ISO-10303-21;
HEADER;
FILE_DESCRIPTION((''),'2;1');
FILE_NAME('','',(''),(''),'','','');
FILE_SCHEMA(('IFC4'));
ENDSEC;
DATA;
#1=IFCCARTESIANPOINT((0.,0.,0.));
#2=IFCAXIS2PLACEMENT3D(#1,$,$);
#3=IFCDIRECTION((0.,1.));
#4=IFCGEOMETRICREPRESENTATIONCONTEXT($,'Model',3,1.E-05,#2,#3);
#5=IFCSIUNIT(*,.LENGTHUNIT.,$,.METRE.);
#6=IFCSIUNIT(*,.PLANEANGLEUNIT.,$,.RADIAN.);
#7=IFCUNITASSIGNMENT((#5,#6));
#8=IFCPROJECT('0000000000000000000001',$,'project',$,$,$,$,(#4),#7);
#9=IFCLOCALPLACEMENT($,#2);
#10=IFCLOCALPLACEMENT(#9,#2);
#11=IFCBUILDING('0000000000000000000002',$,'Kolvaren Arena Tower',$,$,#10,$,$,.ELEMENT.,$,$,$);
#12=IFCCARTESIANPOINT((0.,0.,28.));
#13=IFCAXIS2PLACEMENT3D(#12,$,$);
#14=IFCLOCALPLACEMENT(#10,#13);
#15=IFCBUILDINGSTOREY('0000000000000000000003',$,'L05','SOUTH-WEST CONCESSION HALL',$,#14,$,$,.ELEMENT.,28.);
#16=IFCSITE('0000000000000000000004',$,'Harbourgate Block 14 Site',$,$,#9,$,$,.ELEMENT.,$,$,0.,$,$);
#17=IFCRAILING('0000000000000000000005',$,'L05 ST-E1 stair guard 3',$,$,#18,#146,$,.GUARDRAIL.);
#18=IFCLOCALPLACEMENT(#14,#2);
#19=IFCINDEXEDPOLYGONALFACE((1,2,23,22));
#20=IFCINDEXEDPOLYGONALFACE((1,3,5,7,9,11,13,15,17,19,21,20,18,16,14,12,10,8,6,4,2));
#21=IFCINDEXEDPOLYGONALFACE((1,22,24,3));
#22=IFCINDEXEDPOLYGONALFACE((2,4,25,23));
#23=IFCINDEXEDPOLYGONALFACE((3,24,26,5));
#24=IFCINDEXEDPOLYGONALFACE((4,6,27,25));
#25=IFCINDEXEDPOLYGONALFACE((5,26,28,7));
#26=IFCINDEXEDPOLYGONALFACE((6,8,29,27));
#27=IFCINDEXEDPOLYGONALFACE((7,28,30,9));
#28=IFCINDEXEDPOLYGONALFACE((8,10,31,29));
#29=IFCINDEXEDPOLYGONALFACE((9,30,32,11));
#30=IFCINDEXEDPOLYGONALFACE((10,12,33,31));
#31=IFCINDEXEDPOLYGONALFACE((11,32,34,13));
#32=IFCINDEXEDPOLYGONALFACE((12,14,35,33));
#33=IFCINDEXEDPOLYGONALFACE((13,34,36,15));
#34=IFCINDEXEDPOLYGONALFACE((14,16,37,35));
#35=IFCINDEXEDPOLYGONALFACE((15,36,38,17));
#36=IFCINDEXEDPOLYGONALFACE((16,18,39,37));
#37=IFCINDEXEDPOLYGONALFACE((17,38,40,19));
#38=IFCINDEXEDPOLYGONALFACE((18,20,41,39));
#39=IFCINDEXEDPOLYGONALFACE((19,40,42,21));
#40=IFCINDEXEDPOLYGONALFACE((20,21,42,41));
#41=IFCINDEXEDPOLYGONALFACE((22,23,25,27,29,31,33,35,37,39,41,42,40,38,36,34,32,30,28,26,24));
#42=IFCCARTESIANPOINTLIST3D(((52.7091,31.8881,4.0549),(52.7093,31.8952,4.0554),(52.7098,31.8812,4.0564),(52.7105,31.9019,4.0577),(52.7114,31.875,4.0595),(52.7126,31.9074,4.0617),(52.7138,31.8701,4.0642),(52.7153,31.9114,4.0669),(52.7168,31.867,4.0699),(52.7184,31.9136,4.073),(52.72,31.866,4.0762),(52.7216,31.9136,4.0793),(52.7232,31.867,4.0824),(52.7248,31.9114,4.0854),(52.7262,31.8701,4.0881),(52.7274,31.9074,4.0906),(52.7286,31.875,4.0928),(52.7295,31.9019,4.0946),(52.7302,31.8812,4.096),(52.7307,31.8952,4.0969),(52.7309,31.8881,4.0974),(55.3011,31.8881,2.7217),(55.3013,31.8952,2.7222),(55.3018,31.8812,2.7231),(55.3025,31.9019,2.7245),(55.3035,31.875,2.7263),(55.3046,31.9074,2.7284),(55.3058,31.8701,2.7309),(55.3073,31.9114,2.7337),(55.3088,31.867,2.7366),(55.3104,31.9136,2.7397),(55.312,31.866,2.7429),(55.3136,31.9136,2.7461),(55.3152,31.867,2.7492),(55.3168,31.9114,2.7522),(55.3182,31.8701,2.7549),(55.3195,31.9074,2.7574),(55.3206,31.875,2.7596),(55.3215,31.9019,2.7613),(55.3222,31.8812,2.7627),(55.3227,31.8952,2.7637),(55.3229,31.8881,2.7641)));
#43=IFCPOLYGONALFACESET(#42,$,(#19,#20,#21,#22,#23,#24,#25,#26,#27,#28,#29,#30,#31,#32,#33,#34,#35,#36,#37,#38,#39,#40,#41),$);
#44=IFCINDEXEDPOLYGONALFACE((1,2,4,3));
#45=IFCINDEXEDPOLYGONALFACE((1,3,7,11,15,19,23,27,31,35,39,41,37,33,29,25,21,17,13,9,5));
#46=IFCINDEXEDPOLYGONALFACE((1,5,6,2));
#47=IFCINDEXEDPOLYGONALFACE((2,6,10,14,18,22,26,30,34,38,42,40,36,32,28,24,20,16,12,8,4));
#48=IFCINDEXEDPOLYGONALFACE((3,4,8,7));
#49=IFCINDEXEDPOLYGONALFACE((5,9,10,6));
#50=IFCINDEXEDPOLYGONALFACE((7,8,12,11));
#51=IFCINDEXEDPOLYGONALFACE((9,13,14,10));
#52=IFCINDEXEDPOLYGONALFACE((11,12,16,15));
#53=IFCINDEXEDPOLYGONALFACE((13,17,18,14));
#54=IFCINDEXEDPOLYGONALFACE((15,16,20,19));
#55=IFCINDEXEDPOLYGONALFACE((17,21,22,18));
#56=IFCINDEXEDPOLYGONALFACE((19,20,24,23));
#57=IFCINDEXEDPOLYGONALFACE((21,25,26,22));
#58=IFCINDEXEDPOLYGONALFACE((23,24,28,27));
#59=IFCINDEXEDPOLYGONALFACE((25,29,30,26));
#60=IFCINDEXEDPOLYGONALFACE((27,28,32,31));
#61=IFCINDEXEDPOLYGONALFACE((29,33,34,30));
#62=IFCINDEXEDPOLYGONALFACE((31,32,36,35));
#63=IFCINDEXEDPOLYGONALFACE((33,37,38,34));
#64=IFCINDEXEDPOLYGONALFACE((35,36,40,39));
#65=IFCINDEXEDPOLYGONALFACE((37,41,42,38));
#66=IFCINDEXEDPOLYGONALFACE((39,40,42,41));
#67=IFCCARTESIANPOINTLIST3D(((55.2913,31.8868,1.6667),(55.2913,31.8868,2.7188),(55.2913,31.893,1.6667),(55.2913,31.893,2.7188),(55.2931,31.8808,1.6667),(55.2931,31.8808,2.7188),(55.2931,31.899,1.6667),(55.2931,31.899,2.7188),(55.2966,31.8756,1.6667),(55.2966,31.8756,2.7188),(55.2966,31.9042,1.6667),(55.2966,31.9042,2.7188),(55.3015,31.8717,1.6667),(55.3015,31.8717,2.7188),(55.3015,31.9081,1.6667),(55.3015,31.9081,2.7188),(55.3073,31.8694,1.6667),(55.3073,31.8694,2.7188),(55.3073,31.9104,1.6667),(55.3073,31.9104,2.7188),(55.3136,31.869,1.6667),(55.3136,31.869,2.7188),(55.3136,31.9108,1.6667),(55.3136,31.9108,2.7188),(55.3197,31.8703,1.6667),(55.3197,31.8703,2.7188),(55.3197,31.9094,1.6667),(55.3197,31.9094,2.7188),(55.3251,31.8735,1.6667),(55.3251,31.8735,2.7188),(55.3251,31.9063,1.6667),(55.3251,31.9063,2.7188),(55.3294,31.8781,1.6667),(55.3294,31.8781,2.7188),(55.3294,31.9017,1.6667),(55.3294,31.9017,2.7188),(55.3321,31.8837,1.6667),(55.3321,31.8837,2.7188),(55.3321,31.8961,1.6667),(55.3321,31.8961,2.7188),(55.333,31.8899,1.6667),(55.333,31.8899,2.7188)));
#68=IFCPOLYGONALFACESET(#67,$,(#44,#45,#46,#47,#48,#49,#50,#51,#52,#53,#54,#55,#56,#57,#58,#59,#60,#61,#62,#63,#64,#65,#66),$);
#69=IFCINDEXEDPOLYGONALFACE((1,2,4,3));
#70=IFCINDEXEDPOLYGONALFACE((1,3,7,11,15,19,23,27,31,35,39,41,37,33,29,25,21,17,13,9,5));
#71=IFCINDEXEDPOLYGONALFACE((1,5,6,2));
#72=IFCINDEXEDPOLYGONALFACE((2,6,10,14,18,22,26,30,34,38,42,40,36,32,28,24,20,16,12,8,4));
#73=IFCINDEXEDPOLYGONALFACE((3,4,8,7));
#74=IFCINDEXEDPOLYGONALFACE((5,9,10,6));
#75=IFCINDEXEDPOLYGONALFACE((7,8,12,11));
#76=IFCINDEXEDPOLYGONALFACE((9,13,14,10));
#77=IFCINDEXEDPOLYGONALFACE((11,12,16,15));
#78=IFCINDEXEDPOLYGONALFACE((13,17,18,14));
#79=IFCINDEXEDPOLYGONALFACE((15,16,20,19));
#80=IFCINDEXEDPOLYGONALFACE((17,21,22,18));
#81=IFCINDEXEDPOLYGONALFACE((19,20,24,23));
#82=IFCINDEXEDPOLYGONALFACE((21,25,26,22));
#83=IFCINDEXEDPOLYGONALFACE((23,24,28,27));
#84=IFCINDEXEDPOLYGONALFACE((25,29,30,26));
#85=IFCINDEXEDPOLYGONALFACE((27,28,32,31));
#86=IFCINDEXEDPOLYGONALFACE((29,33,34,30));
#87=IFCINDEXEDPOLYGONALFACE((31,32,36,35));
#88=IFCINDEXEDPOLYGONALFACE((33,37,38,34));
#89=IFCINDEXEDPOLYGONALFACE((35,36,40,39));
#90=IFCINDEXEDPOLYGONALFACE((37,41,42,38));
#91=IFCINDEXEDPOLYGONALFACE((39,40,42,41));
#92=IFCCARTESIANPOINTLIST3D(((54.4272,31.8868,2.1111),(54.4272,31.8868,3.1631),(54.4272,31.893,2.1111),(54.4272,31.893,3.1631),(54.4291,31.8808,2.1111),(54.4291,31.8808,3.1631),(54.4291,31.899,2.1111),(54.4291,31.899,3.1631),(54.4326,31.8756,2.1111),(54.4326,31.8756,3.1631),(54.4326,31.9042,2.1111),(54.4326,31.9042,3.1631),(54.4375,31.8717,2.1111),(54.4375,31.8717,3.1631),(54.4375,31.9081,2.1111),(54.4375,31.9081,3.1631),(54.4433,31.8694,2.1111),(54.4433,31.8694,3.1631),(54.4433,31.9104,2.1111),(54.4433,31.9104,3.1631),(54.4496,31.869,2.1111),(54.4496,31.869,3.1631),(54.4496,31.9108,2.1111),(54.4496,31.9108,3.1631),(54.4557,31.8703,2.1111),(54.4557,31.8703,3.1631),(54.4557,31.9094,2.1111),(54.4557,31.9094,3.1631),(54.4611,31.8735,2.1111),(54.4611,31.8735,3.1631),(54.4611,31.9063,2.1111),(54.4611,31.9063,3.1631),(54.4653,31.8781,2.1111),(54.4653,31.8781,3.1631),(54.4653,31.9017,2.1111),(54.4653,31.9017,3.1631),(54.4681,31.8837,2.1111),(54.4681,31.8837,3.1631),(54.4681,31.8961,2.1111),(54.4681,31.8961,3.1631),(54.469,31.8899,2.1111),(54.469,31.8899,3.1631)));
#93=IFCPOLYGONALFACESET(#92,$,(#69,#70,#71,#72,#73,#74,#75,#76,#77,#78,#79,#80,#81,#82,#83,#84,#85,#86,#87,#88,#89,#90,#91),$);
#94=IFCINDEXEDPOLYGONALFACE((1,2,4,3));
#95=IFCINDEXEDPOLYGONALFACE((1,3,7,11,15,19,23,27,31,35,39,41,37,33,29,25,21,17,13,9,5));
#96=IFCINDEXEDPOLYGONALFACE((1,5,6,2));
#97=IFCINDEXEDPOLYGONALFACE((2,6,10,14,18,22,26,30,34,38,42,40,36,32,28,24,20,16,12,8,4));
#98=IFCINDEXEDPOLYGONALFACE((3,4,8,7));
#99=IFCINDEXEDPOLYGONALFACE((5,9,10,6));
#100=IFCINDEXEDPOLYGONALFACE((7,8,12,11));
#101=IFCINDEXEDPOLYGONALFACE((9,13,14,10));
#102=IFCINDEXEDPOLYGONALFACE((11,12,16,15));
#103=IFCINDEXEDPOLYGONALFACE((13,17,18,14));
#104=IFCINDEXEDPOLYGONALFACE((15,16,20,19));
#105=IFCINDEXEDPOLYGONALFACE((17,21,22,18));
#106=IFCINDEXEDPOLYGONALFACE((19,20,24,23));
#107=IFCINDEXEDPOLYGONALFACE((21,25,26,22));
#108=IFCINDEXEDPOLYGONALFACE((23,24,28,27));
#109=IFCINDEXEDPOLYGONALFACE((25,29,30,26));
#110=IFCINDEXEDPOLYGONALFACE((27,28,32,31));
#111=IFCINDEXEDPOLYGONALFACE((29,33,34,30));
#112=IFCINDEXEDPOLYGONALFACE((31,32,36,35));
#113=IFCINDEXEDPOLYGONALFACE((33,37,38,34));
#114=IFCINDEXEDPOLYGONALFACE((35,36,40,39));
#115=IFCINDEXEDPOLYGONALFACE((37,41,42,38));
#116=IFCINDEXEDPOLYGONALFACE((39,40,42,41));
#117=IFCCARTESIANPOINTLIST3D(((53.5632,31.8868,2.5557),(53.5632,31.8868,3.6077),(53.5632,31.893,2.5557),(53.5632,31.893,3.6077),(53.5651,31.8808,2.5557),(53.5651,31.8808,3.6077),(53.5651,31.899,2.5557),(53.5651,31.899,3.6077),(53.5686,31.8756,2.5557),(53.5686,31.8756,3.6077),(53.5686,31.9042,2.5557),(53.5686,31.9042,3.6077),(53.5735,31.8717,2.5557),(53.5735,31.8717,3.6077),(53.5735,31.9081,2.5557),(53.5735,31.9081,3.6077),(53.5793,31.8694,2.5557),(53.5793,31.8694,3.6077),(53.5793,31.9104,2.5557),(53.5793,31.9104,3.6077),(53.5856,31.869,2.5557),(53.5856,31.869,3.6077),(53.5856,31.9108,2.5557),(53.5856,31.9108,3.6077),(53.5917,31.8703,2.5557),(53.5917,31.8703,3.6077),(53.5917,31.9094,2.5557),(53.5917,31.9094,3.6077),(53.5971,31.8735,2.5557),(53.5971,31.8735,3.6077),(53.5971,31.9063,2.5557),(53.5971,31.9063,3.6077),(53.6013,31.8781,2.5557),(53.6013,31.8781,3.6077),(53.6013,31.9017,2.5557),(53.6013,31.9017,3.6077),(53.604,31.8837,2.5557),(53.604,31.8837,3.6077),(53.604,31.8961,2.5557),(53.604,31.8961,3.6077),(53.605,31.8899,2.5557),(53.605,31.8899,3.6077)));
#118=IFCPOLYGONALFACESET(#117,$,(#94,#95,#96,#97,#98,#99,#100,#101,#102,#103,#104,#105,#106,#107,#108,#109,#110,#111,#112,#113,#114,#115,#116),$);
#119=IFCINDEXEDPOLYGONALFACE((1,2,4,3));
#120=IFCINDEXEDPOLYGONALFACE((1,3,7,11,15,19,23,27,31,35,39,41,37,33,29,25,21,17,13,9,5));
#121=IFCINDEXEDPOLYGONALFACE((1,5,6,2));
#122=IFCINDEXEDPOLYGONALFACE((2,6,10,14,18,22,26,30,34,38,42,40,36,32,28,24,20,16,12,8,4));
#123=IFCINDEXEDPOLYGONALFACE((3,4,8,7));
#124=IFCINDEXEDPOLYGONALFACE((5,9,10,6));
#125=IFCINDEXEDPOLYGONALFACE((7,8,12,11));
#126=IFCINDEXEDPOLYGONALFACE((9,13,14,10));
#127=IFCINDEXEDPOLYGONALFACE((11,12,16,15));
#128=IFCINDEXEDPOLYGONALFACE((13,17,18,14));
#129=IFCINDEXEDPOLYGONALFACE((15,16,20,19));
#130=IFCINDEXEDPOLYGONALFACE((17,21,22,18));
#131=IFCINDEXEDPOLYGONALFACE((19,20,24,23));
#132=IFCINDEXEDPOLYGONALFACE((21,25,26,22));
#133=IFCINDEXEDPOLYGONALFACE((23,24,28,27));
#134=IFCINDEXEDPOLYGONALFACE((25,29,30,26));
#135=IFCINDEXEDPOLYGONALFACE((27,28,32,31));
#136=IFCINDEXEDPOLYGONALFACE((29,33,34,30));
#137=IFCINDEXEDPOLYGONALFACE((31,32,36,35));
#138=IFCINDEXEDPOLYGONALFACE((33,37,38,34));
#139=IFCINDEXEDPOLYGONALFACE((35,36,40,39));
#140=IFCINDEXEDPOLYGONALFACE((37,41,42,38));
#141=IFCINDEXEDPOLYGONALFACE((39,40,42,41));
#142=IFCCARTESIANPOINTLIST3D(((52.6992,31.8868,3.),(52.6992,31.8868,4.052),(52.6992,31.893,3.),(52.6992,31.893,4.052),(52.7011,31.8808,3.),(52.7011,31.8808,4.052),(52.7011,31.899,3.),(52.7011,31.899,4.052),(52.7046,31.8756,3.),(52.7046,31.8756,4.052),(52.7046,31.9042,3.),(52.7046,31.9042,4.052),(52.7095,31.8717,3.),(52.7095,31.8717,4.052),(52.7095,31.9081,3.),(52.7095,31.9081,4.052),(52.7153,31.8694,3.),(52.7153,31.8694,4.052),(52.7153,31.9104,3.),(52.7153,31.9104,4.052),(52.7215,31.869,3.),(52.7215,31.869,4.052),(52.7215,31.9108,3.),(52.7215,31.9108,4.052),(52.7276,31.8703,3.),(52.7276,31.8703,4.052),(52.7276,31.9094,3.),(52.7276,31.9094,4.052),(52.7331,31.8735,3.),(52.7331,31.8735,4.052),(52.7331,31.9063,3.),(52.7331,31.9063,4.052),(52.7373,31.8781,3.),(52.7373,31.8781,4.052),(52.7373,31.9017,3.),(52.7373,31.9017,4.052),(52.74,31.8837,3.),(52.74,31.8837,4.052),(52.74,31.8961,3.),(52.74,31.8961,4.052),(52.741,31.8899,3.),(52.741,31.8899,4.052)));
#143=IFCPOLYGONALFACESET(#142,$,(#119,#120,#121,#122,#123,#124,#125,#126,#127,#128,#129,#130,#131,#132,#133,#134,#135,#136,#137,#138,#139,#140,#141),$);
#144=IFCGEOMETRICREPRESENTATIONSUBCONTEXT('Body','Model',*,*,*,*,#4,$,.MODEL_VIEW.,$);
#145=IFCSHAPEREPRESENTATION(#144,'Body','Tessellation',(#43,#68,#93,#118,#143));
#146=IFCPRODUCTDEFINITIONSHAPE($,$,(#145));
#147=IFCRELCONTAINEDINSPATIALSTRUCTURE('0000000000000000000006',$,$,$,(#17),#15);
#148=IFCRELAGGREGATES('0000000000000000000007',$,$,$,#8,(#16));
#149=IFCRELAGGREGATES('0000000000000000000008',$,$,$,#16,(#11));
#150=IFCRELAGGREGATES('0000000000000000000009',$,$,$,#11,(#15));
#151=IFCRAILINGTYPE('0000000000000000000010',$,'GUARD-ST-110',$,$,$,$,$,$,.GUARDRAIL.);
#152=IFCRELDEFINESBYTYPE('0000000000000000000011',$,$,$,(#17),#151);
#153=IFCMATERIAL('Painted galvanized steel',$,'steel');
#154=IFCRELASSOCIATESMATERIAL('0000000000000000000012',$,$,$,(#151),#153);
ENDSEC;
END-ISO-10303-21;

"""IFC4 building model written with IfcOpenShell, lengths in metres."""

from ifc_helpers import new_model, si_unit, direction, frame, origin, origin_2d, place, context, subcontext, project, spatial, circle, extrude, material, type_object, element, save


model = new_model("IFC4")

# Units and contexts
model_context = context("Model", 3, precision=1e-05, world=origin(), true_north=direction((0.0, 1.0)))
body_context = subcontext(model_context, "Body", "Model", "MODEL_VIEW")
ifc_project = project(units=[si_unit("LENGTHUNIT", "METRE"), si_unit("PLANEANGLEUNIT", "RADIAN")], contexts=[model_context])

# Site, building, storey
site_placement = place(None, origin())
site = spatial("IfcSite", under=ifc_project, at=site_placement, Name="Harbourgate Block 14 Site", CompositionType="ELEMENT", RefElevation=0.0)
building_placement = place(site_placement, origin())
building = spatial("IfcBuilding", under=site, at=building_placement, Name="Kolvaren Arena Tower", CompositionType="ELEMENT")
storey_placement = place(building_placement, frame((0.0, 0.0, 28.0)))
storey = spatial("IfcBuildingStorey", under=building, at=storey_placement, Name="L05", Description="SOUTH-WEST CONCESSION HALL", CompositionType="ELEMENT", Elevation=28.0)

# Railing
ifc_material_1 = material(Name="Painted galvanized steel", Category="steel")
railing_type_1 = type_object("IfcRailingType", Name="GUARD-ST-110", PredefinedType="GUARDRAIL", material=ifc_material_1)
railing_1_placement = place(storey_placement, frame((55.312, 31.8899, 1.6667)))
element("IfcRailing", 1, at=railing_1_placement, inside=storey, type_object=railing_type_1, Name="L05 ST-E1 stair guard 3", PredefinedType="GUARDRAIL", context=body_context, shape_type="SweptSolid", body=[
    extrude(circle(Radius=0.0239, at=origin_2d()), frame((0.0, 0.0, 1.0762), z_axis=(-0.88926, 0.0, 0.457403), x_axis=(0.0, -1.0, 0.0)), (0.0, 0.0, 1.0), 2.9148),
    extrude(circle(Radius=0.021, at=origin_2d()), origin(), (0.0, 0.0, 1.0), 1.052),
    extrude(circle(Radius=0.021, at=origin_2d()), frame((-0.864, 0.0, 0.4443)), (0.0, 0.0, 1.0), 1.052),
    extrude(circle(Radius=0.021, at=origin_2d()), frame((-1.728, 0.0, 0.8889)), (0.0, 0.0, 1.0), 1.052),
    extrude(circle(Radius=0.021, at=origin_2d()), frame((-2.592, 0.0, 1.3333)), (0.0, 0.0, 1.0), 1.052),
])

save(model, "model.ifc")
